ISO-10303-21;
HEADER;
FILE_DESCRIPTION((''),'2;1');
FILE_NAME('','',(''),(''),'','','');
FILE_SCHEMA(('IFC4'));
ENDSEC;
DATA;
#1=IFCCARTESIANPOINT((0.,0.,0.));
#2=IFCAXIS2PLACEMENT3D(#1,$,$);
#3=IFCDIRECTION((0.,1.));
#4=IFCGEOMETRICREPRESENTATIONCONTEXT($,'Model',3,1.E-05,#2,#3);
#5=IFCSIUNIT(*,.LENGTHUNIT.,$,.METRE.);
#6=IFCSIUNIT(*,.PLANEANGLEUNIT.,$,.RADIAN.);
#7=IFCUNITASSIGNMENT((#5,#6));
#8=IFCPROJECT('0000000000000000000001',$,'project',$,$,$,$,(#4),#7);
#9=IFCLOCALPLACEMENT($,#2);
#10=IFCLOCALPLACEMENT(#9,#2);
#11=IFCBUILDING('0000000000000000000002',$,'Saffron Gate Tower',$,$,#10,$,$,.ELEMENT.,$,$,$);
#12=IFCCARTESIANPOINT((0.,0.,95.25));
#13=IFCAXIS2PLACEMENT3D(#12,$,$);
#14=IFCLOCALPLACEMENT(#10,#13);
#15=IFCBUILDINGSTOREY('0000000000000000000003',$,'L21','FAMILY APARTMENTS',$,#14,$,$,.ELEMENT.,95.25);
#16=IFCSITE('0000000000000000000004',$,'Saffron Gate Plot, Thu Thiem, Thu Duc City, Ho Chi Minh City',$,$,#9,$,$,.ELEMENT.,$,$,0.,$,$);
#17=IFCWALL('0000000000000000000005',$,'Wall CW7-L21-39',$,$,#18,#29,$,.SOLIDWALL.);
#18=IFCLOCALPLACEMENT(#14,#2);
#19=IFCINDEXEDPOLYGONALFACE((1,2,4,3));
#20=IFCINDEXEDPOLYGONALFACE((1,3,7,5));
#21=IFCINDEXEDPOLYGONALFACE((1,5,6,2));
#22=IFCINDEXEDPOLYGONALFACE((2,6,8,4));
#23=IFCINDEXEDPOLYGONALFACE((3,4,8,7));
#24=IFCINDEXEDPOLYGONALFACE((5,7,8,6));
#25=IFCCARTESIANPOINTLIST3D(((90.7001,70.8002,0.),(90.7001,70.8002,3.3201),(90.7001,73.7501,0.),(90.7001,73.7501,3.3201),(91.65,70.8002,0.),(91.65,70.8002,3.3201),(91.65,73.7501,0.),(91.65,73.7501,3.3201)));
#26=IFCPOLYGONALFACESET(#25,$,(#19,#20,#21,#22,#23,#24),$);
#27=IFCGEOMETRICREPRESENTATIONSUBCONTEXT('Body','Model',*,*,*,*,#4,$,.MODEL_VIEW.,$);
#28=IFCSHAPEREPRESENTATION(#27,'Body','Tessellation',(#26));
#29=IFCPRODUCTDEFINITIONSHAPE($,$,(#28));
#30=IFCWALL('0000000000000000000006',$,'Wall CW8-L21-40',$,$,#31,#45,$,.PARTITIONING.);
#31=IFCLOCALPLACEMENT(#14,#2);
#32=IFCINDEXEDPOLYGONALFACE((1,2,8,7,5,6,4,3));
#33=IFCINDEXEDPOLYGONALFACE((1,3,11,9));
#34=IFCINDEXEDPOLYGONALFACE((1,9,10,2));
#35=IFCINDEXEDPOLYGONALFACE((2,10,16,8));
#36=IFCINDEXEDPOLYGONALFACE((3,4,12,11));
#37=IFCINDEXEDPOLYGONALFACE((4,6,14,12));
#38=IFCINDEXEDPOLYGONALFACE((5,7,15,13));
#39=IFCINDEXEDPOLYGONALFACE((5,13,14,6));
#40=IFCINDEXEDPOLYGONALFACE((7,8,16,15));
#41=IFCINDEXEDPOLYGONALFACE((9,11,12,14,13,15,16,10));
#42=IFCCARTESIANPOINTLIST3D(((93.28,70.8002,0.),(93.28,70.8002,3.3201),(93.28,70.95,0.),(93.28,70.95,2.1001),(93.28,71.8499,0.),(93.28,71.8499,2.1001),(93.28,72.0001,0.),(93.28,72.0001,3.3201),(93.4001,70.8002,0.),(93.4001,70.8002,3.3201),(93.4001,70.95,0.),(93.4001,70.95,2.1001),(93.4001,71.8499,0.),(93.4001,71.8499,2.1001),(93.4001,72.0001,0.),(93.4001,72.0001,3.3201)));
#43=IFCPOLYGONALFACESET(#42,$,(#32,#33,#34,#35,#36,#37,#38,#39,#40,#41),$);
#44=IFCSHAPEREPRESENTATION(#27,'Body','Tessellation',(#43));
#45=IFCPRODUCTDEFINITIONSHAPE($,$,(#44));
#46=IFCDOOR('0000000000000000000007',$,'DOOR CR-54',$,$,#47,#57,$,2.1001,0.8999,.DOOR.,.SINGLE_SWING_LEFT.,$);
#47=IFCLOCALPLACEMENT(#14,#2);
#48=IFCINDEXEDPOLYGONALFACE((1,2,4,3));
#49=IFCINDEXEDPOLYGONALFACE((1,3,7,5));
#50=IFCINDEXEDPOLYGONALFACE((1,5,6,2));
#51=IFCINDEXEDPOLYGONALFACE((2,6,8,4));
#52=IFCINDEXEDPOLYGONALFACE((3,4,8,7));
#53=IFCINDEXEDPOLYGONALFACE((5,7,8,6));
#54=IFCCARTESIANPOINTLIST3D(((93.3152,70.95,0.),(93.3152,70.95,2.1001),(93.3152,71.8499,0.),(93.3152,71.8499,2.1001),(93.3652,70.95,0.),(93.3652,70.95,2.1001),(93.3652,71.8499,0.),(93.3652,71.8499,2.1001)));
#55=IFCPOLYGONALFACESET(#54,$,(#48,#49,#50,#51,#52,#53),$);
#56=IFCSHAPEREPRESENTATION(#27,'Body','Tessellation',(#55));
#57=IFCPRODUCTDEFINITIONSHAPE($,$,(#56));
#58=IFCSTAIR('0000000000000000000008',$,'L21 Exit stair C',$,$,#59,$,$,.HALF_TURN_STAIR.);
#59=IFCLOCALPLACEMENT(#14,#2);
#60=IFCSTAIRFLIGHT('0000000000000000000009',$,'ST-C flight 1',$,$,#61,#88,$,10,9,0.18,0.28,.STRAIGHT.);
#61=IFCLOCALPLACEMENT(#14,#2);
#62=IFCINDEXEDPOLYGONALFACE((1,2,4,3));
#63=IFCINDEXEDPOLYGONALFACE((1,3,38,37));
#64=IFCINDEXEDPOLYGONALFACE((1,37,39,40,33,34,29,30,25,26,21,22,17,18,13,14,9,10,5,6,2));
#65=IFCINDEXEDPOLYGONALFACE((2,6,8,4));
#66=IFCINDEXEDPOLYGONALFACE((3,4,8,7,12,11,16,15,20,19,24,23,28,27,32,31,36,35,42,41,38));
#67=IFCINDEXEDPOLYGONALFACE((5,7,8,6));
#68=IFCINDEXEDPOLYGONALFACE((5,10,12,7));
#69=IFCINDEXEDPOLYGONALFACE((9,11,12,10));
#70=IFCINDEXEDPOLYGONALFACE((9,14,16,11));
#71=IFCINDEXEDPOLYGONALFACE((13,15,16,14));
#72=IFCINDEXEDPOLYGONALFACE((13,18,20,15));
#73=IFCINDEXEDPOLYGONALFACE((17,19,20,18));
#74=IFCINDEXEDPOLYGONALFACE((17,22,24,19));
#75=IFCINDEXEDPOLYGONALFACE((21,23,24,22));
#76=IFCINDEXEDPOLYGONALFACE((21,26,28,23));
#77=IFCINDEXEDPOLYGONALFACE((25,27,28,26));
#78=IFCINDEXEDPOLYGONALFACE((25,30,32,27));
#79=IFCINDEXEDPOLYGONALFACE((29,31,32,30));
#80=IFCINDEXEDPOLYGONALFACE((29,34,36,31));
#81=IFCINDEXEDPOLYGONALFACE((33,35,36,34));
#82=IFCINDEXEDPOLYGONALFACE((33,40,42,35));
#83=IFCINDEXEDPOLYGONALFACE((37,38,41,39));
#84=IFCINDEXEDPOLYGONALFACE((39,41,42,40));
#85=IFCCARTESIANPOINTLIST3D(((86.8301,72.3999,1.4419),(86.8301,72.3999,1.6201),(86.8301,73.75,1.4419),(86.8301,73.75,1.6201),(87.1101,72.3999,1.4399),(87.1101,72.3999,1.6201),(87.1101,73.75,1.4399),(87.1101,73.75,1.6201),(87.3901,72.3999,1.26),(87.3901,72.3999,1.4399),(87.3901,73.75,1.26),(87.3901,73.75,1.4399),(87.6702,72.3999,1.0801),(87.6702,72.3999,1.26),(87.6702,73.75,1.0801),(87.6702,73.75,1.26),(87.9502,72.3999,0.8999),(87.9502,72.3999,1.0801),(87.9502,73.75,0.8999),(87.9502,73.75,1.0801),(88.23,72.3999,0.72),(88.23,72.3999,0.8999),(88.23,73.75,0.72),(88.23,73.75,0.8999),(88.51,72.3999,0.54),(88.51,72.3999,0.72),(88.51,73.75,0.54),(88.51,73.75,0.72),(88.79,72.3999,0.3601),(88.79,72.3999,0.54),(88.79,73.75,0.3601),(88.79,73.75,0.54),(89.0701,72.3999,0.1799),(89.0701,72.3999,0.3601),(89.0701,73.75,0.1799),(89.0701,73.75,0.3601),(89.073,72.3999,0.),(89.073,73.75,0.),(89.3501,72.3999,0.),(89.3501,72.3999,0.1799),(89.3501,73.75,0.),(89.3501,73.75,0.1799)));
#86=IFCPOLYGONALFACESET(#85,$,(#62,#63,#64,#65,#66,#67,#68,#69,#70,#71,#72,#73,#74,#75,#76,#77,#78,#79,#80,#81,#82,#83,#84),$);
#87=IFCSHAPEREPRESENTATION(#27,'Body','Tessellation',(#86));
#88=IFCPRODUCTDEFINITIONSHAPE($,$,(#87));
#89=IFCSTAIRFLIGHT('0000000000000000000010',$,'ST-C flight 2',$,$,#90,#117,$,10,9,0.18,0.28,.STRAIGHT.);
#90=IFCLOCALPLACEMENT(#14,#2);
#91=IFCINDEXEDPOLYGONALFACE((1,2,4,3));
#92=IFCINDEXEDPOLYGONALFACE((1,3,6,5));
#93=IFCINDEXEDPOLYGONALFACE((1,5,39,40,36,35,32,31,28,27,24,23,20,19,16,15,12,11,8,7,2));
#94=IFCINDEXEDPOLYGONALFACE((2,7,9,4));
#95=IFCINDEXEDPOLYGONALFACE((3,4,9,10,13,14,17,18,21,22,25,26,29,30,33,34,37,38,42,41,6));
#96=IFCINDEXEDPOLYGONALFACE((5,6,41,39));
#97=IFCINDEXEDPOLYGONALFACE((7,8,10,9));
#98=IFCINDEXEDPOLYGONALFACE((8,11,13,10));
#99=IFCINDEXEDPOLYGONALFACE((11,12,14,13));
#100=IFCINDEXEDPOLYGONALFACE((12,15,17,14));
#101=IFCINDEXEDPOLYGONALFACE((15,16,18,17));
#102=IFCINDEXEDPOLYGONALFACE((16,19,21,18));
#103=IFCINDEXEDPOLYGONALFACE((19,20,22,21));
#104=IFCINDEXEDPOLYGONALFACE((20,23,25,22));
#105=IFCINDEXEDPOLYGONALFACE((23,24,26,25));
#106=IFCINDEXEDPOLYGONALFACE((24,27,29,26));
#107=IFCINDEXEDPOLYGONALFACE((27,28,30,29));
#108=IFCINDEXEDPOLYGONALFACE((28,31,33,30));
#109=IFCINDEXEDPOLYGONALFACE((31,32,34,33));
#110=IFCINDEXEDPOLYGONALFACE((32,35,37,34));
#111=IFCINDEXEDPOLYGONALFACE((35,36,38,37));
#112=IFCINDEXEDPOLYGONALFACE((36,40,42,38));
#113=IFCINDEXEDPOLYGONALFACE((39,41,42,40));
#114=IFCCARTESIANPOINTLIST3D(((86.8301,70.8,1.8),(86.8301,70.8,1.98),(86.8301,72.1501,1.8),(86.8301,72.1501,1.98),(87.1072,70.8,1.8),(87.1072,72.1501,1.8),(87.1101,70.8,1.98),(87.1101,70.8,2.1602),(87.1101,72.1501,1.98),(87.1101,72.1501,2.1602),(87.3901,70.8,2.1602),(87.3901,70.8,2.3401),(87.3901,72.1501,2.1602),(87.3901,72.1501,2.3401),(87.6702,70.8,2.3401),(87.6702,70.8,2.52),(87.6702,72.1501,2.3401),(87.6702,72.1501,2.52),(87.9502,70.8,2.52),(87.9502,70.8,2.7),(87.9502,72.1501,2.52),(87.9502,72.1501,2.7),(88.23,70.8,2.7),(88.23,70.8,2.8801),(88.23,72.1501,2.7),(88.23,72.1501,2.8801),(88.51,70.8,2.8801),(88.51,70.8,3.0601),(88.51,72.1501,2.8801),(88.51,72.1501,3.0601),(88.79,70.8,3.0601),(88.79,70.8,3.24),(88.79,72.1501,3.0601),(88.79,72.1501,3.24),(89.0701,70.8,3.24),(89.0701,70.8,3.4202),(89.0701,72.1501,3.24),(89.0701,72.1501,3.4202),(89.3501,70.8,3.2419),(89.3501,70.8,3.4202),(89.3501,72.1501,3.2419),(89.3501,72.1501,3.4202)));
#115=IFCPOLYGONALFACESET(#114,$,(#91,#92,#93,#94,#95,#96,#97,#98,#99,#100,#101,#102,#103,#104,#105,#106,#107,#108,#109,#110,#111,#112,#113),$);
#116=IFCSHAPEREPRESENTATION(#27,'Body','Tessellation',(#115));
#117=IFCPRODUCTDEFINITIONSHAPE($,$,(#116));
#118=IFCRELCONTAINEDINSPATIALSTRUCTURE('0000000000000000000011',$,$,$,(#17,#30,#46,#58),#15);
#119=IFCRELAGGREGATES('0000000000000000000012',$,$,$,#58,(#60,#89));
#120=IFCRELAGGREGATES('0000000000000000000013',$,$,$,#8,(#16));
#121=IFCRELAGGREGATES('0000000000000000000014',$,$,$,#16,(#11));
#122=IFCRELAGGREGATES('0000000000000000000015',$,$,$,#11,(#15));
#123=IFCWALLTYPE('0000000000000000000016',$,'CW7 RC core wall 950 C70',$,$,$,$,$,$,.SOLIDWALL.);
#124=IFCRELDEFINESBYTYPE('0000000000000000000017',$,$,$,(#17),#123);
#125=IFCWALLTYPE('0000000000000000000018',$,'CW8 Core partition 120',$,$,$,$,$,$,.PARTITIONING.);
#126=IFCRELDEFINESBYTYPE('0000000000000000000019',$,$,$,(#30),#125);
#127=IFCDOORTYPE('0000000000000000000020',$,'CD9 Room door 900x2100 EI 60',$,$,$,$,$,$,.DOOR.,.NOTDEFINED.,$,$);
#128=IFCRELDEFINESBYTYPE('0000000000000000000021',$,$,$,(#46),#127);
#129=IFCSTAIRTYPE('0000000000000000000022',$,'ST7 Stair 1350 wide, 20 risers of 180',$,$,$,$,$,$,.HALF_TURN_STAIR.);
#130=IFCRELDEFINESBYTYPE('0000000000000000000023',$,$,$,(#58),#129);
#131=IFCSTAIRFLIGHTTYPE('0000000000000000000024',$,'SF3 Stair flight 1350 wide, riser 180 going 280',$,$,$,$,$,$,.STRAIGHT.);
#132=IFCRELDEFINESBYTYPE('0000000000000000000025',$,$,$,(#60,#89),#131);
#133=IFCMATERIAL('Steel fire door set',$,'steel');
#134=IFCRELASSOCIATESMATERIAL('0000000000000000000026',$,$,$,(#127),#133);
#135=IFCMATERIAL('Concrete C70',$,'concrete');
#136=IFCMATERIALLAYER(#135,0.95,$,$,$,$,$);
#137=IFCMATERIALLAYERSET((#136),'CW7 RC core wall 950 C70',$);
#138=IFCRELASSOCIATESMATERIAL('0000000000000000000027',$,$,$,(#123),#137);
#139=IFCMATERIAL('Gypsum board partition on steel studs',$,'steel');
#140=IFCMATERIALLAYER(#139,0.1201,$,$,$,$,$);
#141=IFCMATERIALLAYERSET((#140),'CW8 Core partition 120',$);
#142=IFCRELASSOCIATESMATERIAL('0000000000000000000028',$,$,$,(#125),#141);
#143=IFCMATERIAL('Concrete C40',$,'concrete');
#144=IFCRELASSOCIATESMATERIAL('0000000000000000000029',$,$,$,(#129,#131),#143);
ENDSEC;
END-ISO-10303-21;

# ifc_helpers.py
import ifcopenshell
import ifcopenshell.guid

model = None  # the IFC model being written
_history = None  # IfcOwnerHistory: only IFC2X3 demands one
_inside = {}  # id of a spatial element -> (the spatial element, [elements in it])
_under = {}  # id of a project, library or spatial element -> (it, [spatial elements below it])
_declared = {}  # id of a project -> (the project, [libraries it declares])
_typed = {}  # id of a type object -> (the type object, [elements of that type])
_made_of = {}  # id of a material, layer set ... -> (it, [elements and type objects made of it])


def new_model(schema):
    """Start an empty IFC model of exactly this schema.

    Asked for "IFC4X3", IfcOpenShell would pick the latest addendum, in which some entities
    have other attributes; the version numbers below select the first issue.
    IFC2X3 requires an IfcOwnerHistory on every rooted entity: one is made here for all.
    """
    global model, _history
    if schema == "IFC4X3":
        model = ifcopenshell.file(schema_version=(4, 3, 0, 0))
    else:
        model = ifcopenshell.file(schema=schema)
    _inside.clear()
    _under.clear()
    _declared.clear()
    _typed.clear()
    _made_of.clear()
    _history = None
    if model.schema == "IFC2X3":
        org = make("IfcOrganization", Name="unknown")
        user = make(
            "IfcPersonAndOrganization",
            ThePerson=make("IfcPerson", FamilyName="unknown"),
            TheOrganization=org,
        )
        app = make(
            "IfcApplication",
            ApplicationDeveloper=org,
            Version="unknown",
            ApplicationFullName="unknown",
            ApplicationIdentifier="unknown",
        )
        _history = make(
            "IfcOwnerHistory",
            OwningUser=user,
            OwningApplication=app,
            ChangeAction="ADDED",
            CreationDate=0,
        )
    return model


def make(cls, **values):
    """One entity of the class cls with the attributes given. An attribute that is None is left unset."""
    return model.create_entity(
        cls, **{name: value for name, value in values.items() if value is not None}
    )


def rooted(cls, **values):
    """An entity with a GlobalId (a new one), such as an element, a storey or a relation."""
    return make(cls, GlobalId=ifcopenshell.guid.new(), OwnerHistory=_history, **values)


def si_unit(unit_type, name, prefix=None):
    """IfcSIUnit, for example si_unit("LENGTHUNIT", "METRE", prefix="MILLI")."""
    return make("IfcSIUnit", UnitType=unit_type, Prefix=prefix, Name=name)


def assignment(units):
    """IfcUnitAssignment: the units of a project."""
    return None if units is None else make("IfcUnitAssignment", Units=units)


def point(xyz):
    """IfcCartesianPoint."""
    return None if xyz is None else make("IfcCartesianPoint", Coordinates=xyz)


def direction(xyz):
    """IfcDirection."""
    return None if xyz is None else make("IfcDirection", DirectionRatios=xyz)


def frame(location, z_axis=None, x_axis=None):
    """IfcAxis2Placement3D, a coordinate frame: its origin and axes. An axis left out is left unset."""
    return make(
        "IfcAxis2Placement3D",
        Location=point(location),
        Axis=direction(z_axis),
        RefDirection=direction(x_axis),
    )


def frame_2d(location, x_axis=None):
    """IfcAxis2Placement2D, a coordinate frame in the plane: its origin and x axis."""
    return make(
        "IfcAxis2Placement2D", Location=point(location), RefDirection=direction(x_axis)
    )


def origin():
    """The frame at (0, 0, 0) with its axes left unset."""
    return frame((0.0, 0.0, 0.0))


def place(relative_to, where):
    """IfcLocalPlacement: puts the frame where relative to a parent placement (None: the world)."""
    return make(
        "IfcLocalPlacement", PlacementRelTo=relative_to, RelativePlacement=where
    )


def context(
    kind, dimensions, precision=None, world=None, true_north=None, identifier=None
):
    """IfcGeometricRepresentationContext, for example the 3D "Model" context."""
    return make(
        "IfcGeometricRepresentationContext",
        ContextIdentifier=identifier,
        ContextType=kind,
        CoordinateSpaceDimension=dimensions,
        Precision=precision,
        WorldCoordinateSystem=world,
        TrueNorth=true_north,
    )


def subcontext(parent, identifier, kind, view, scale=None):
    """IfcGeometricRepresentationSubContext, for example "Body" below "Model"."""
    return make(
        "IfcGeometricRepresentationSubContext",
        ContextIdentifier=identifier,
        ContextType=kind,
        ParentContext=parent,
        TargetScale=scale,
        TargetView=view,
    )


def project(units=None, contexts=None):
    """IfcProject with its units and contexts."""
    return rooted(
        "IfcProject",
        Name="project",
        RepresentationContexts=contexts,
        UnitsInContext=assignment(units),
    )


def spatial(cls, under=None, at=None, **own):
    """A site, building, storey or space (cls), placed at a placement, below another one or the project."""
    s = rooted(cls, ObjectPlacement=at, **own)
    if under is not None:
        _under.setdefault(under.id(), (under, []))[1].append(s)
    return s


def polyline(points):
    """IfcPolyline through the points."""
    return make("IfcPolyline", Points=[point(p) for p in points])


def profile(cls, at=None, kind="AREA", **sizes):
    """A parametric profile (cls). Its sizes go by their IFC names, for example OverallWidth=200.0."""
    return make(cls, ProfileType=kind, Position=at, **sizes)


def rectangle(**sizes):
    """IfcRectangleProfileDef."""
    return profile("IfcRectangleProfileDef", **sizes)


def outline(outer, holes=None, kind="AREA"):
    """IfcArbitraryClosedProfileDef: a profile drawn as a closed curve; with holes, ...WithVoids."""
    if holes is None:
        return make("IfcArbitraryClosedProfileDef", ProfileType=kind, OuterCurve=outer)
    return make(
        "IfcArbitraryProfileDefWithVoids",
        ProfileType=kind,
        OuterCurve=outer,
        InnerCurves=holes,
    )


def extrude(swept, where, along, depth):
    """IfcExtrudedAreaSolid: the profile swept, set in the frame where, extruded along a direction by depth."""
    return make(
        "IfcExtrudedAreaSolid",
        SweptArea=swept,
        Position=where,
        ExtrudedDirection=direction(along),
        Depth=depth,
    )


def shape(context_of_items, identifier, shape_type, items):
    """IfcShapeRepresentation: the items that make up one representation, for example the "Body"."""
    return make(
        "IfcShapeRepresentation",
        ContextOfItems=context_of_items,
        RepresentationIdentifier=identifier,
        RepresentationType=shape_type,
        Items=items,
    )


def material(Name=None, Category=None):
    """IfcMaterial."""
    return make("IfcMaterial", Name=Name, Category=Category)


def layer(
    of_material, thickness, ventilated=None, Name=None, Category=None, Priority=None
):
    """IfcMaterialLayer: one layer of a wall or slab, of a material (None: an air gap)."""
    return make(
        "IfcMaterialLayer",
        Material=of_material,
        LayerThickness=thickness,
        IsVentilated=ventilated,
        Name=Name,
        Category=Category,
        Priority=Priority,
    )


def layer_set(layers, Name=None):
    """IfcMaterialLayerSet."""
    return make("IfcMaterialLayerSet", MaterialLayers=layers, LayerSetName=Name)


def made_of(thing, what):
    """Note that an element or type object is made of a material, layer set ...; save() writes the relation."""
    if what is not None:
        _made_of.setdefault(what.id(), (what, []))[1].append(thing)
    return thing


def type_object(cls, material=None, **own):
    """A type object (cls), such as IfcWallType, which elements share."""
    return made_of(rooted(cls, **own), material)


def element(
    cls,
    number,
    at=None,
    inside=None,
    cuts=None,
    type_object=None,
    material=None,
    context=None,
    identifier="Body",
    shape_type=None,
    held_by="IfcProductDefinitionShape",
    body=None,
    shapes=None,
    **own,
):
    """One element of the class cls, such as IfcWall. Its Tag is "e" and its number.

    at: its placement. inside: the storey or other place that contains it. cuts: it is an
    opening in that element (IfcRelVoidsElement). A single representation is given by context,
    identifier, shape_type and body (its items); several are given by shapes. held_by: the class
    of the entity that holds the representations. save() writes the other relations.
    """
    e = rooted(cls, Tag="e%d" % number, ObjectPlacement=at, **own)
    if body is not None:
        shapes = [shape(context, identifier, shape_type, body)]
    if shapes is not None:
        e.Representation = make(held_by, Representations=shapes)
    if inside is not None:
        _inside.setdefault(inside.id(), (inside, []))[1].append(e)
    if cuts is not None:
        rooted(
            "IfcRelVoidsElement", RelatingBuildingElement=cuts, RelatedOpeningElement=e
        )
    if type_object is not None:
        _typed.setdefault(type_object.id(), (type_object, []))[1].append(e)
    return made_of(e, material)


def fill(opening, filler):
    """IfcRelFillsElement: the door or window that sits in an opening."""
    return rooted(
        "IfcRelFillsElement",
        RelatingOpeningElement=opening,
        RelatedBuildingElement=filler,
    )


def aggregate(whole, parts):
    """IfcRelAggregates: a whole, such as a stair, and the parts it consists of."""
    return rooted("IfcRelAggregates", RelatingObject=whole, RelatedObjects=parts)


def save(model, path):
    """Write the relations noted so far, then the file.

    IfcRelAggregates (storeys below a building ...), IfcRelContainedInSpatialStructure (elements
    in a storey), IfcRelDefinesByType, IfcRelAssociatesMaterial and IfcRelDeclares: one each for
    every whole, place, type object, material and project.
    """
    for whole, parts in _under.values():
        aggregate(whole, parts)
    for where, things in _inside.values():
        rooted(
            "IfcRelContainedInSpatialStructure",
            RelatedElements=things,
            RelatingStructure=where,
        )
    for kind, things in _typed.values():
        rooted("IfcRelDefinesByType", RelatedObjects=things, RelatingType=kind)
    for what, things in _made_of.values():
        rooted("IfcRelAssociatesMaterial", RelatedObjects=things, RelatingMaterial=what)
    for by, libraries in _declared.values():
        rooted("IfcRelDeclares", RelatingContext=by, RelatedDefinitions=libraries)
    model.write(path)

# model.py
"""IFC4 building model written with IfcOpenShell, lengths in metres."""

from ifc_helpers import new_model, si_unit, direction, frame, frame_2d, origin, place, context, subcontext, project, spatial, polyline, rectangle, outline, extrude, material, layer, layer_set, type_object, element, fill, aggregate, save


model = new_model("IFC4")

# Units and contexts
model_context = context("Model", 3, precision=1e-05, world=origin(), true_north=direction((0.0, 1.0)))
body_context = subcontext(model_context, "Body", "Model", "MODEL_VIEW")
ifc_project = project(units=[si_unit("LENGTHUNIT", "METRE"), si_unit("PLANEANGLEUNIT", "RADIAN")], contexts=[model_context])

# Site, building, storey
site_placement = place(None, origin())
site = spatial("IfcSite", under=ifc_project, at=site_placement, Name="Saffron Gate Plot, Thu Thiem, Thu Duc City, Ho Chi Minh City", CompositionType="ELEMENT", RefElevation=0.0)
building_placement = place(site_placement, origin())
building = spatial("IfcBuilding", under=site, at=building_placement, Name="Saffron Gate Tower", CompositionType="ELEMENT")
storey_placement = place(building_placement, frame((0.0, 0.0, 95.25)))
storey = spatial("IfcBuildingStorey", under=building, at=storey_placement, Name="L21", Description="FAMILY APARTMENTS", CompositionType="ELEMENT", Elevation=95.25)

# Shared definitions
ifc_material_1 = material(Name="Gypsum board partition on steel studs", Category="steel")
ifc_material_2 = material(Name="Concrete C70", Category="concrete")

# Shared definitions
ifc_material_3 = material(Name="Steel fire door set", Category="steel")

# Shared definitions
door_type_1 = type_object("IfcDoorType", Name="CD9 Room door 900x2100 EI 60", OperationType="NOTDEFINED", PredefinedType="DOOR", material=ifc_material_3)

# Wall
ifc_layer_1 = layer(ifc_material_2, 0.95)
ifc_layer_set_1 = layer_set([ifc_layer_1], Name="CW7 RC core wall 950 C70")
wall_type_1 = type_object("IfcWallType", Name="CW7 RC core wall 950 C70", PredefinedType="SOLIDWALL", material=ifc_layer_set_1)
wall_1_placement = place(storey_placement, frame((91.175, 70.8, 0.0), z_axis=(0.0, 0.0, 1.0), x_axis=(0.0, 1.0, 0.0)))
element("IfcWall", 1, at=wall_1_placement, inside=storey, type_object=wall_type_1, Name="Wall CW7-L21-39", PredefinedType="SOLIDWALL", context=body_context, shape_type="SweptSolid", body=[
    extrude(rectangle(XDim=2.95, YDim=0.95, at=frame_2d((1.4751, 0.0))), origin(), (0.0, 0.0, 1.0), 3.3201),
])

# Wall, opening, door
ifc_layer_2 = layer(ifc_material_1, 0.1201)
ifc_layer_set_2 = layer_set([ifc_layer_2], Name="CW8 Core partition 120")
wall_type_2 = type_object("IfcWallType", Name="CW8 Core partition 120", PredefinedType="PARTITIONING", material=ifc_layer_set_2)
wall_2_placement = place(storey_placement, frame((93.3401, 70.8, 0.0), z_axis=(0.0, 0.0, 1.0), x_axis=(0.0, 1.0, 0.0)))
wall_2 = element("IfcWall", 2, at=wall_2_placement, inside=storey, type_object=wall_type_2, Name="Wall CW8-L21-40", PredefinedType="PARTITIONING", context=body_context, shape_type="SweptSolid", body=[
    extrude(rectangle(XDim=1.2, YDim=0.1201, at=frame_2d((0.6001, 0.0))), origin(), (0.0, 0.0, 1.0), 3.3201),
])
opening_1_placement = place(wall_2_placement, frame((0.1499, 0.0, 0.0)))
opening_1 = element("IfcOpeningElement", 3, at=opening_1_placement, cuts=wall_2, PredefinedType="OPENING", context=body_context, shape_type="SweptSolid", body=[
    extrude(rectangle(XDim=0.8999, YDim=2.1001, at=frame_2d((0.45, 1.05))), frame((0.0, 0.0701, 0.0), z_axis=(0.0, -1.0, 0.0), x_axis=(1.0, 0.0, 0.0)), (0.0, 0.0, 1.0), 0.1401),
])
door_1_placement = place(opening_1_placement, origin())
door_1 = element("IfcDoor", 4, at=door_1_placement, inside=storey, type_object=door_type_1, Name="DOOR CR-54", OperationType="SINGLE_SWING_LEFT", OverallHeight=2.1001, OverallWidth=0.8999, PredefinedType="DOOR", context=body_context, shape_type="SweptSolid", body=[
    extrude(rectangle(XDim=0.8999, YDim=2.1001, at=frame_2d((0.45, 1.05))), frame((0.0, 0.0249, 0.0), z_axis=(0.0, -1.0, 0.0), x_axis=(1.0, 0.0, 0.0)), (0.0, 0.0, 1.0), 0.05),
])
fill(opening_1, door_1)

# Stair, stair flights
ifc_material_4 = material(Name="Concrete C40", Category="concrete")
stair_type = type_object("IfcStairType", Name="ST7 Stair 1350 wide, 20 risers of 180", PredefinedType="HALF_TURN_STAIR", material=ifc_material_4)
stair_placement = place(storey_placement, origin())
stair = element("IfcStair", 5, at=stair_placement, inside=storey, type_object=stair_type, Name="L21 Exit stair C", PredefinedType="HALF_TURN_STAIR")
stair_flight_type = type_object("IfcStairFlightType", Name="SF3 Stair flight 1350 wide, riser 180 going 280", PredefinedType="STRAIGHT", material=ifc_material_4)
stair_flight_1_placement = place(storey_placement, frame((89.3501, 73.075, 0.0), z_axis=(0.0, 0.0, 1.0), x_axis=(-1.0, 0.0, 0.0)))
stair_flight_1 = element("IfcStairFlight", 6, at=stair_flight_1_placement, type_object=stair_flight_type, Name="ST-C flight 1", NumberOfRisers=10, NumberOfTreads=9, PredefinedType="STRAIGHT", RiserHeight=0.18, TreadLength=0.28, context=body_context, shape_type="SweptSolid", body=[
    extrude(outline(polyline([(0.0, 0.0), (0.0, 0.1799), (0.28, 0.1799), (0.28, 0.3601), (0.5601, 0.3601), (0.5601, 0.54), (0.8401, 0.54), (0.8401, 0.72), (1.1201, 0.72), (1.1201, 0.8999), (1.3999, 0.8999), (1.3999, 1.0801), (1.6799, 1.0801), (1.6799, 1.26), (1.96, 1.26), (1.96, 1.4399), (2.24, 1.4399), (2.24, 1.6201), (2.52, 1.6201), (2.52, 1.8), (2.52, 1.4419), (0.2771, 0.0), (0.0, 0.0)])), frame((0.0, 0.675, 0.0), z_axis=(0.0, -1.0, 0.0), x_axis=(1.0, 0.0, 0.0)), (0.0, 0.0, 1.0), 1.3501),
])
stair_flight_2_placement = place(storey_placement, frame((86.8301, 71.4751, 1.8), z_axis=(0.0, 0.0, 1.0), x_axis=(1.0, 0.0, 0.0)))
stair_flight_2 = element("IfcStairFlight", 7, at=stair_flight_2_placement, type_object=stair_flight_type, Name="ST-C flight 2", NumberOfRisers=10, NumberOfTreads=9, PredefinedType="STRAIGHT", RiserHeight=0.18, TreadLength=0.28, context=body_context, shape_type="SweptSolid", body=[
    extrude(outline(polyline([(0.0, 0.0), (0.0, 0.1799), (0.28, 0.1799), (0.28, 0.3601), (0.5601, 0.3601), (0.5601, 0.54), (0.8401, 0.54), (0.8401, 0.72), (1.1201, 0.72), (1.1201, 0.8999), (1.3999, 0.8999), (1.3999, 1.0801), (1.6799, 1.0801), (1.6799, 1.26), (1.96, 1.26), (1.96, 1.4399), (2.24, 1.4399), (2.24, 1.6201), (2.52, 1.6201), (2.52, 1.8), (2.52, 1.4419), (0.2771, 0.0), (0.0, 0.0)])), frame((0.0, 0.675, 0.0), z_axis=(0.0, -1.0, 0.0), x_axis=(1.0, 0.0, 0.0)), (0.0, 0.0, 1.0), 1.3501),
])
aggregate(stair, [stair_flight_1, stair_flight_2])

save(model, "model.ifc")
